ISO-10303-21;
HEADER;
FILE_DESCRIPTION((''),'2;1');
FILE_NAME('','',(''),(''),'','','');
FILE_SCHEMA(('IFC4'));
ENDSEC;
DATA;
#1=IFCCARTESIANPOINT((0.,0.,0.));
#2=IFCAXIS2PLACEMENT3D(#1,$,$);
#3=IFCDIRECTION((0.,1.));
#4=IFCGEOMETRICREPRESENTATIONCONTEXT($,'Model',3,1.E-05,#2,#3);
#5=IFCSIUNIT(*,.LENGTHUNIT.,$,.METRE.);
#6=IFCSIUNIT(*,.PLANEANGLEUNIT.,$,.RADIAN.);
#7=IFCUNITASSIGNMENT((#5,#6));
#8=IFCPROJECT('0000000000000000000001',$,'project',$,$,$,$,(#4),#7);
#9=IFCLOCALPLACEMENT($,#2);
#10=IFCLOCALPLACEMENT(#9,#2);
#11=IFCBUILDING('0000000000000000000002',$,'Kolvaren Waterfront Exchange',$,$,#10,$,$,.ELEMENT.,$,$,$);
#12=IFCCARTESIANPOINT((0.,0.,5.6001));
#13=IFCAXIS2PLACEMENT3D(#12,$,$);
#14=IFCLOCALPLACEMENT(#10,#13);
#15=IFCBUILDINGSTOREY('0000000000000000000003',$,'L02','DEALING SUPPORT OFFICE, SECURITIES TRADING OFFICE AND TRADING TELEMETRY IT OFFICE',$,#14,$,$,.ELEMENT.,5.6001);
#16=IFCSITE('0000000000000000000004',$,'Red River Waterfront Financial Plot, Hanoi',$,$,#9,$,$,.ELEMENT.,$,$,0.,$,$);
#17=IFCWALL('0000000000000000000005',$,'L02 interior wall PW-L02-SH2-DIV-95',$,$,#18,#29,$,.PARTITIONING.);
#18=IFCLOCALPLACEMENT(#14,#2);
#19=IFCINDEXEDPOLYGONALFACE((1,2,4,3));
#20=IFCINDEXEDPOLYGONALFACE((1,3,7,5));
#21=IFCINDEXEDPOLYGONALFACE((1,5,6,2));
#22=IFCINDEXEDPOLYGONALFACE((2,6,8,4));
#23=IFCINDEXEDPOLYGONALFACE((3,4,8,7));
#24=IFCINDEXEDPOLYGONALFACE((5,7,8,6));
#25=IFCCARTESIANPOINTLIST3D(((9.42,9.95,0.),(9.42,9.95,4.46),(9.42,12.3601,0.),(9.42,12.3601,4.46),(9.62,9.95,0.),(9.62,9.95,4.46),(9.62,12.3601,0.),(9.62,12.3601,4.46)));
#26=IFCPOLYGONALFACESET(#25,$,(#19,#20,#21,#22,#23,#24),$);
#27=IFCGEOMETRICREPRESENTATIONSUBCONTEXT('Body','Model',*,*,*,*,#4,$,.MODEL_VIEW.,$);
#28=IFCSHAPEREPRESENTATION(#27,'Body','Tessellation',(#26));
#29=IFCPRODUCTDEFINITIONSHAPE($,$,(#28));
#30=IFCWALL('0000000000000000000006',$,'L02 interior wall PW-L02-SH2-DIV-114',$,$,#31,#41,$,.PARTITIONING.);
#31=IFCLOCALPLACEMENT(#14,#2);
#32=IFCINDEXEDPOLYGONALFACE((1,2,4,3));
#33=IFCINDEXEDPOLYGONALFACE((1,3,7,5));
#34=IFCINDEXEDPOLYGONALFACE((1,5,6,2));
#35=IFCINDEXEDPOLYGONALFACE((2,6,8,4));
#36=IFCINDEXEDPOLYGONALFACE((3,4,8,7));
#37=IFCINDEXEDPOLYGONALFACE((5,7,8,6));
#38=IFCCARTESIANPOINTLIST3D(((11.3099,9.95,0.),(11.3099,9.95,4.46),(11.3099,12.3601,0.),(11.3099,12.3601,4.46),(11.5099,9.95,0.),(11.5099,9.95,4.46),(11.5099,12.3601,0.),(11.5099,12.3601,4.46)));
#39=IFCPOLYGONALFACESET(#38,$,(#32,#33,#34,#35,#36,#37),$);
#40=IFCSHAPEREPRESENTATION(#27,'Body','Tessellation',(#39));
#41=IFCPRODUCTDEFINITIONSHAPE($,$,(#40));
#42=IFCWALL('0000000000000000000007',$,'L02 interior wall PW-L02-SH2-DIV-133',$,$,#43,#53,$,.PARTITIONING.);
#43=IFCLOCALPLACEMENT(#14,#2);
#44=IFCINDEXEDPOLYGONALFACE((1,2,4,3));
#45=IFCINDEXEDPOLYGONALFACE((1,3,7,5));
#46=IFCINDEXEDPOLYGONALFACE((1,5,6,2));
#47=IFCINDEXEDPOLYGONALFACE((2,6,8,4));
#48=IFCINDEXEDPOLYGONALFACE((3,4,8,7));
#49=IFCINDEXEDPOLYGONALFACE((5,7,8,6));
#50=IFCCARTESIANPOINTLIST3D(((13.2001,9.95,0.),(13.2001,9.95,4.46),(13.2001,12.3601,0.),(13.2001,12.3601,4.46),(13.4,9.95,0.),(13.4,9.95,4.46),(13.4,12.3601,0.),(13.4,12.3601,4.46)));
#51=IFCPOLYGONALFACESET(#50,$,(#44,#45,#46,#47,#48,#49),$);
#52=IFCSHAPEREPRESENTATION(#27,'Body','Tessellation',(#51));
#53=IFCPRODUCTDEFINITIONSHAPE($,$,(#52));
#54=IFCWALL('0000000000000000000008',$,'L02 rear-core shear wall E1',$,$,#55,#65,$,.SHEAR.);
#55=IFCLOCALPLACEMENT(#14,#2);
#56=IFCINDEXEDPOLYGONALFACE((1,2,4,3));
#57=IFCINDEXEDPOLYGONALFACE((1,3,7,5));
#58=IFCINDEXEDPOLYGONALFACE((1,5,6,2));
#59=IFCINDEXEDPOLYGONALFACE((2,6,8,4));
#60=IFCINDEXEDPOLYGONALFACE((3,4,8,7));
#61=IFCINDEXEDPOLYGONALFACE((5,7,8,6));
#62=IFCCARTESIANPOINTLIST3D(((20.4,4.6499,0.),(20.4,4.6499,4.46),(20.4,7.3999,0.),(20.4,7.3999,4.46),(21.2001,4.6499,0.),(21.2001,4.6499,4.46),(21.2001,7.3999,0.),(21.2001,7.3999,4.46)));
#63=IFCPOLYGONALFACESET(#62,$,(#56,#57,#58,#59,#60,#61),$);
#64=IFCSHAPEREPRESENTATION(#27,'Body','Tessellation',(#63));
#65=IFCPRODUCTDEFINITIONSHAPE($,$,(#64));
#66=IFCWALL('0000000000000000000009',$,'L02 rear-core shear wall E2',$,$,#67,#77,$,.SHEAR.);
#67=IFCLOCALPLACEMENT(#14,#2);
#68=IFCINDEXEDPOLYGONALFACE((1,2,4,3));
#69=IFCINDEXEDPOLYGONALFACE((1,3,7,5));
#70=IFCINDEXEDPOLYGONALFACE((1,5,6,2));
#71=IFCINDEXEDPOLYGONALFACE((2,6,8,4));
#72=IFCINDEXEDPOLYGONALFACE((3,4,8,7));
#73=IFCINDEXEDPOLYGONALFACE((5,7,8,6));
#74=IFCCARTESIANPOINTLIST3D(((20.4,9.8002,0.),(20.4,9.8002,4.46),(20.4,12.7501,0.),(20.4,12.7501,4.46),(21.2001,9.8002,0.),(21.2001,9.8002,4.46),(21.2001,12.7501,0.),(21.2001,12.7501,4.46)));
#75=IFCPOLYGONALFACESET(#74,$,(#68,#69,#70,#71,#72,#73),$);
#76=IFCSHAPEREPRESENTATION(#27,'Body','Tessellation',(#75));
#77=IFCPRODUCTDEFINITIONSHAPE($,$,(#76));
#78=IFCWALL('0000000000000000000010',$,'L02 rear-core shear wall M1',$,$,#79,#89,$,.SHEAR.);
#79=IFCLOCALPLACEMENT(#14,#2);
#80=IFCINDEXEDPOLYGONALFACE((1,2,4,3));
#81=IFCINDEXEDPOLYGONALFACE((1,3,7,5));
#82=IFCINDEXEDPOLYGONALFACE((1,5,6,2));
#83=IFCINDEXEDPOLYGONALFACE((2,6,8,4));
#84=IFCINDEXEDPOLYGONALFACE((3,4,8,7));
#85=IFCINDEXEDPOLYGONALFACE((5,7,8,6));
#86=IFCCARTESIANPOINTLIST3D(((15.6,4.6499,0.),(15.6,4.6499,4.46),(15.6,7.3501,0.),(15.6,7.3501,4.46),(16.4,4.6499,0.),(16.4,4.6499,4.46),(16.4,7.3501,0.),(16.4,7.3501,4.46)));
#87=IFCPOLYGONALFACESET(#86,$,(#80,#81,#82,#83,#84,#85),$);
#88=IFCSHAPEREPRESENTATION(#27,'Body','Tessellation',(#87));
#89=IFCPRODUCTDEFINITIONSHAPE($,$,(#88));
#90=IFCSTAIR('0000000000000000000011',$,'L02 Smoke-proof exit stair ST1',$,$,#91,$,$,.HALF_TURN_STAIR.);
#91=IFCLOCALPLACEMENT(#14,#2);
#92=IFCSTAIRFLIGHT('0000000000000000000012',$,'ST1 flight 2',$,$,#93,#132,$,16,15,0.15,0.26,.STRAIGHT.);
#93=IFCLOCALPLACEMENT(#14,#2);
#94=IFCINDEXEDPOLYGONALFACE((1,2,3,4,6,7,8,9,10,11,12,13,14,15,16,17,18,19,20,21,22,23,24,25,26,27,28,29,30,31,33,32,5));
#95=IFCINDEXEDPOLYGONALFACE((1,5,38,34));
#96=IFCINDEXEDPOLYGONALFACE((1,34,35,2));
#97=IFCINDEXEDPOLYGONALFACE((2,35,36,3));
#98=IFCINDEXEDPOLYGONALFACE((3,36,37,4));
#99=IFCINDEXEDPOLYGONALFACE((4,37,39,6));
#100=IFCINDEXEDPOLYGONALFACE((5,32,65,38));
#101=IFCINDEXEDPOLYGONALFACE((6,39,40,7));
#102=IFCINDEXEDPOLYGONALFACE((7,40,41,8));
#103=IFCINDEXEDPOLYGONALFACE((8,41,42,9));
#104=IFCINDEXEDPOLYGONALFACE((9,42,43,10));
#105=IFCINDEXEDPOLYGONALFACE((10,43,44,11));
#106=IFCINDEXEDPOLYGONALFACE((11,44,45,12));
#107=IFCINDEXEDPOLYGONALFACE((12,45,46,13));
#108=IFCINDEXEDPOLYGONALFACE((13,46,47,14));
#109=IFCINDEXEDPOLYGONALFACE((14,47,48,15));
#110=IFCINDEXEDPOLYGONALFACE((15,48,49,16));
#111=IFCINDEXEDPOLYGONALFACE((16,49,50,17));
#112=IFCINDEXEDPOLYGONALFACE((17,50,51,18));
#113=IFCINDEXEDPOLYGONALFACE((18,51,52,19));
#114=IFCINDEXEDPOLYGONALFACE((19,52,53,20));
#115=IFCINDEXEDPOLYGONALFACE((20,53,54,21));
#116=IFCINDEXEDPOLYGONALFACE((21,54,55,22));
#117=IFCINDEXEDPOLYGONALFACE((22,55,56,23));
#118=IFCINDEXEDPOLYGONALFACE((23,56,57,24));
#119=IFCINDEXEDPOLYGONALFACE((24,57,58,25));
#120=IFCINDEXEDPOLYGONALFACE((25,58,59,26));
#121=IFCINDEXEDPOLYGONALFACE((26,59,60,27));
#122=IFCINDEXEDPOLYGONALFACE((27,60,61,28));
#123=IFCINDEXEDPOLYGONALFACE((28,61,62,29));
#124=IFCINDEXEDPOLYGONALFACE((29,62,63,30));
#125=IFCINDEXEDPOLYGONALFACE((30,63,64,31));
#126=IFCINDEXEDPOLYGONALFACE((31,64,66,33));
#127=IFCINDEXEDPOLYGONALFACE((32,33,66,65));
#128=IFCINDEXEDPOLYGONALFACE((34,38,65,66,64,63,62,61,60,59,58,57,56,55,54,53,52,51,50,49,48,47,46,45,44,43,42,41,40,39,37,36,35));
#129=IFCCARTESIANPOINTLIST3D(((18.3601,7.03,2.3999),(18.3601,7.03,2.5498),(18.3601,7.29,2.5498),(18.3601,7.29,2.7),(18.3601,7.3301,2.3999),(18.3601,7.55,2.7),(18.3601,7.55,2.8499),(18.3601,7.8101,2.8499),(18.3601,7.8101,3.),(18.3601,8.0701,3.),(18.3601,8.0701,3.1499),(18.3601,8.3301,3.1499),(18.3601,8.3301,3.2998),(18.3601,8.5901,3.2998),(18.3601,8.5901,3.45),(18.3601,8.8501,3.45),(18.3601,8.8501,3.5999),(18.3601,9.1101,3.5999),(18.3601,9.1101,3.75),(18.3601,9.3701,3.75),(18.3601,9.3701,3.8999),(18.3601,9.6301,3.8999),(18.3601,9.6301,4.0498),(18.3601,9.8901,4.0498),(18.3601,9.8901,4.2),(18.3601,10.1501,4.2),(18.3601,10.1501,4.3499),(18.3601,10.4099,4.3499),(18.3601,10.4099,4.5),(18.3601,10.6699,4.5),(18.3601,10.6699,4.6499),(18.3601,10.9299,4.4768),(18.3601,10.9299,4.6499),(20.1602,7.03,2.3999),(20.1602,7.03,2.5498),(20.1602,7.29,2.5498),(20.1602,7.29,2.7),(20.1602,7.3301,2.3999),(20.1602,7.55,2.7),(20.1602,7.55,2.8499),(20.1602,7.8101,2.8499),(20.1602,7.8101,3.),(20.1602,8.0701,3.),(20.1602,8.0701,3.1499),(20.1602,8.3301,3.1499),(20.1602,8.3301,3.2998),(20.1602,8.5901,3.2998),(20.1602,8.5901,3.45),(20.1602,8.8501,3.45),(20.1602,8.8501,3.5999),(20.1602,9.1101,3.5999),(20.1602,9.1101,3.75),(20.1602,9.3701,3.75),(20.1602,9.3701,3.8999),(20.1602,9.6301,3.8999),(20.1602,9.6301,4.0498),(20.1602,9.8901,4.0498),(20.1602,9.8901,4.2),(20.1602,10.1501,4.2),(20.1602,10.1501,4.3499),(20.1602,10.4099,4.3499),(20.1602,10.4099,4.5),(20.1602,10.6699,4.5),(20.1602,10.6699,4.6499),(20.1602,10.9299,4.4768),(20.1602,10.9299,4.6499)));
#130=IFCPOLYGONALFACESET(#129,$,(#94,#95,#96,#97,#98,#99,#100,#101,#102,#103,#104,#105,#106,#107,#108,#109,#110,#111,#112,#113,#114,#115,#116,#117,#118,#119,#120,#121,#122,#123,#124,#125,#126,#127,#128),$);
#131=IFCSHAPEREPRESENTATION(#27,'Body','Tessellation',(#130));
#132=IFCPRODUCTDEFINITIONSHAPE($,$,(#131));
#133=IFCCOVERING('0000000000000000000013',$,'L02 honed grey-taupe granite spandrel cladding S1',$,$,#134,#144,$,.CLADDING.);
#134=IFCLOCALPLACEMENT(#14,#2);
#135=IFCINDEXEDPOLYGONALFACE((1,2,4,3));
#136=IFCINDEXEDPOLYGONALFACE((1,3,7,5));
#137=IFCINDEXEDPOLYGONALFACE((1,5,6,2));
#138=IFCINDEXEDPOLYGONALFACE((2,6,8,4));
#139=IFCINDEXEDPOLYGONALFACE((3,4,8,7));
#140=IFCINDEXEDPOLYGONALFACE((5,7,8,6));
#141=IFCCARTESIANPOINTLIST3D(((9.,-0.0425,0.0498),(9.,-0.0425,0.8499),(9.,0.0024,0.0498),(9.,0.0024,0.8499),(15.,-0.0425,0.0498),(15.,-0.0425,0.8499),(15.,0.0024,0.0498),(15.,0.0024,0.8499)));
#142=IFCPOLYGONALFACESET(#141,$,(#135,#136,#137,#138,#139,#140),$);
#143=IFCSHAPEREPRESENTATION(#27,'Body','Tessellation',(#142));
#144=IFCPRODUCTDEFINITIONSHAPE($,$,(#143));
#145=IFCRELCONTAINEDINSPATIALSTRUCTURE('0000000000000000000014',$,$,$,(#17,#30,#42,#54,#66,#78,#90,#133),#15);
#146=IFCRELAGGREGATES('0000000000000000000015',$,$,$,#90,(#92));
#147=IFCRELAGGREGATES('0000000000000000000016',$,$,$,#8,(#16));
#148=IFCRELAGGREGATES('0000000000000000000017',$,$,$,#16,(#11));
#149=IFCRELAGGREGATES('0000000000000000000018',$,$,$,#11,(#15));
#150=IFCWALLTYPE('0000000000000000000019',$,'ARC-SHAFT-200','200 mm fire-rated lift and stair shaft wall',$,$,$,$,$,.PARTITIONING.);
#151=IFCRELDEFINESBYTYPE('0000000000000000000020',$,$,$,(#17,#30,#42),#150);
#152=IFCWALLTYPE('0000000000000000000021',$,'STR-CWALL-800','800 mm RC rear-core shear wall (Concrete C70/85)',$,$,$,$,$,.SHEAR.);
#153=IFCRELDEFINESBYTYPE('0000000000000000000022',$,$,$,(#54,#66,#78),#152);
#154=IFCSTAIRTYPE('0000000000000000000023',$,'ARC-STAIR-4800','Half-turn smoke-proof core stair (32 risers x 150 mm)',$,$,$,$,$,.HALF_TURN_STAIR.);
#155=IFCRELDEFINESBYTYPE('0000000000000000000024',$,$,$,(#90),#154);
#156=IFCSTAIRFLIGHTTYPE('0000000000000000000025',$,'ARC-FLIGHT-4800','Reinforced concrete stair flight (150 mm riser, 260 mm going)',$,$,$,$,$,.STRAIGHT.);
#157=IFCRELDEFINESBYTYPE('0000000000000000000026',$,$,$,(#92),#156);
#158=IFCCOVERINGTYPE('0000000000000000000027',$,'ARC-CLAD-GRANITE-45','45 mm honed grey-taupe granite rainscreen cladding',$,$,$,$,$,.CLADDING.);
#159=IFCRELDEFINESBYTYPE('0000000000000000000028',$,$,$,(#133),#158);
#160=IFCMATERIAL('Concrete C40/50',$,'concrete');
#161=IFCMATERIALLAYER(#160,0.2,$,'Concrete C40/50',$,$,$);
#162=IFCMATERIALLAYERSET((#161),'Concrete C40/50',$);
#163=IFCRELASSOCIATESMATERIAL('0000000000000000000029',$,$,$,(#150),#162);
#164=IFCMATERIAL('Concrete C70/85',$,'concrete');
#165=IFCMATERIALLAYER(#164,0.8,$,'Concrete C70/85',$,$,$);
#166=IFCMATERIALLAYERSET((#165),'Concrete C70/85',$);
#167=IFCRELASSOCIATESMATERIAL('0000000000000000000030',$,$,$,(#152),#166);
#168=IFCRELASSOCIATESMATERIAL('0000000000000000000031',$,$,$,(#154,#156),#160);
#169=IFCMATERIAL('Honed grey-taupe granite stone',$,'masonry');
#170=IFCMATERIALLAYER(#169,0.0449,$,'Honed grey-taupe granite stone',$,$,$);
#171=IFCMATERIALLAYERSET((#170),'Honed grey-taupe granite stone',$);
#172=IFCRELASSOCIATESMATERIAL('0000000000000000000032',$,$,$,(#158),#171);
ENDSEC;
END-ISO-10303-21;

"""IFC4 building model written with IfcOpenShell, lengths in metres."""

from ifc_helpers import new_model, si_unit, direction, frame, frame_2d, origin, origin_2d, place, context, subcontext, project, spatial, polyline, rectangle, outline, extrude, material, layer, layer_set, type_object, element, aggregate, save


model = new_model("IFC4")

# Units and contexts
model_context = context("Model", 3, precision=1e-05, world=origin(), true_north=direction((0.0, 1.0)))
body_context = subcontext(model_context, "Body", "Model", "MODEL_VIEW")
ifc_project = project(units=[si_unit("LENGTHUNIT", "METRE"), si_unit("PLANEANGLEUNIT", "RADIAN")], contexts=[model_context])

# Site, building, storey
site_placement = place(None, origin())
site = spatial("IfcSite", under=ifc_project, at=site_placement, Name="Red River Waterfront Financial Plot, Hanoi", CompositionType="ELEMENT", RefElevation=0.0)
building_placement = place(site_placement, origin())
building = spatial("IfcBuilding", under=site, at=building_placement, Name="Kolvaren Waterfront Exchange", CompositionType="ELEMENT")
storey_placement = place(building_placement, frame((0.0, 0.0, 5.6001)))
storey = spatial("IfcBuildingStorey", under=building, at=storey_placement, Name="L02", Description="DEALING SUPPORT OFFICE, SECURITIES TRADING OFFICE AND TRADING TELEMETRY IT OFFICE", CompositionType="ELEMENT", Elevation=5.6001)

# Shared definitions
ifc_material_1 = material(Name="Concrete C70/85", Category="concrete")

# Walls
ifc_material_2 = material(Name="Concrete C40/50", Category="concrete")
ifc_layer_1 = layer(ifc_material_2, 0.2, Name="Concrete C40/50")
ifc_layer_set_1 = layer_set([ifc_layer_1], Name="Concrete C40/50")
wall_type_1 = type_object("IfcWallType", Name="ARC-SHAFT-200", Description="200 mm fire-rated lift and stair shaft wall", PredefinedType="PARTITIONING", material=ifc_layer_set_1)
for number, where, z_axis, x_axis, name in (
    (1, (9.52, 9.95, 0.0), (0.0, 0.0, 1.0), (0.0, 1.0, 0.0), "L02 interior wall PW-L02-SH2-DIV-95"),
    (2, (11.4099, 9.95, 0.0), (0.0, 0.0, 1.0), (0.0, 1.0, 0.0), "L02 interior wall PW-L02-SH2-DIV-114"),
    (3, (13.3, 9.95, 0.0), (0.0, 0.0, 1.0), (0.0, 1.0, 0.0), "L02 interior wall PW-L02-SH2-DIV-133"),
):
    element("IfcWall", number, at=place(storey_placement, frame(where, z_axis=z_axis, x_axis=x_axis)), inside=storey, type_object=wall_type_1, Name=name, PredefinedType="PARTITIONING", context=body_context, shape_type="SweptSolid", body=[
        extrude(rectangle(XDim=2.4102, YDim=0.2, at=frame_2d((1.2051, 0.0))), origin(), (0.0, 0.0, 1.0), 4.46),
    ])
ifc_layer_2 = layer(ifc_material_1, 0.8, Name="Concrete C70/85")
ifc_layer_set_2 = layer_set([ifc_layer_2], Name="Concrete C70/85")
wall_type_2 = type_object("IfcWallType", Name="STR-CWALL-800", Description="800 mm RC rear-core shear wall (Concrete C70/85)", PredefinedType="SHEAR", material=ifc_layer_set_2)
wall_1_placement = place(storey_placement, frame((20.8, 4.6499, 0.0), z_axis=(0.0, 0.0, 1.0), x_axis=(0.0, 1.0, 0.0)))
element("IfcWall", 4, at=wall_1_placement, inside=storey, type_object=wall_type_2, Name="L02 rear-core shear wall E1", PredefinedType="SHEAR", context=body_context, shape_type="SweptSolid", body=[
    extrude(rectangle(XDim=2.75, YDim=0.8, at=frame_2d((1.375, 0.0))), origin(), (0.0, 0.0, 1.0), 4.46),
])
wall_2_placement = place(storey_placement, frame((20.8, 9.8, 0.0), z_axis=(0.0, 0.0, 1.0), x_axis=(0.0, 1.0, 0.0)))
element("IfcWall", 5, at=wall_2_placement, inside=storey, type_object=wall_type_2, Name="L02 rear-core shear wall E2", PredefinedType="SHEAR", context=body_context, shape_type="SweptSolid", body=[
    extrude(rectangle(XDim=2.95, YDim=0.8, at=frame_2d((1.4751, 0.0))), origin(), (0.0, 0.0, 1.0), 4.46),
])
wall_3_placement = place(storey_placement, frame((16.0, 4.6499, 0.0), z_axis=(0.0, 0.0, 1.0), x_axis=(0.0, 1.0, 0.0)))
element("IfcWall", 6, at=wall_3_placement, inside=storey, type_object=wall_type_2, Name="L02 rear-core shear wall M1", PredefinedType="SHEAR", context=body_context, shape_type="SweptSolid", body=[
    extrude(rectangle(XDim=2.7002, YDim=0.8, at=frame_2d((1.3501, 0.0))), origin(), (0.0, 0.0, 1.0), 4.46),
])

# Stair, stair flight
stair_type = type_object("IfcStairType", Name="ARC-STAIR-4800", Description="Half-turn smoke-proof core stair (32 risers x 150 mm)", PredefinedType="HALF_TURN_STAIR", material=ifc_material_2)
stair_placement = place(storey_placement, origin())
stair = element("IfcStair", 7, at=stair_placement, inside=storey, type_object=stair_type, Name="L02 Smoke-proof exit stair ST1", PredefinedType="HALF_TURN_STAIR")
stair_flight_type = type_object("IfcStairFlightType", Name="ARC-FLIGHT-4800", Description="Reinforced concrete stair flight (150 mm riser, 260 mm going)", PredefinedType="STRAIGHT", material=ifc_material_2)
stair_flight_placement = place(storey_placement, frame((19.26, 7.03, 2.3999), z_axis=(0.0, 0.0, 1.0), x_axis=(0.0, 1.0, 0.0)))
stair_flight = element("IfcStairFlight", 8, at=stair_flight_placement, type_object=stair_flight_type, Name="ST1 flight 2", NumberOfRisers=16, NumberOfTreads=15, PredefinedType="STRAIGHT", RiserHeight=0.15, TreadLength=0.26, context=body_context, shape_type="SweptSolid", body=[
    extrude(outline(polyline([(0.0, 0.0), (0.0, 0.1499), (0.26, 0.1499), (0.26, 0.3), (0.52, 0.3), (0.52, 0.45), (0.78, 0.45), (0.78, 0.6001), (1.04, 0.6001), (1.04, 0.75), (1.3, 0.75), (1.3, 0.8999), (1.5601, 0.8999), (1.5601, 1.05), (1.8201, 1.05), (1.8201, 1.2), (2.0801, 1.2), (2.0801, 1.3501), (2.3401, 1.3501), (2.3401, 1.5), (2.6001, 1.5), (2.6001, 1.6499), (2.8601, 1.6499), (2.8601, 1.8), (3.1201, 1.8), (3.1201, 1.95), (3.3799, 1.95), (3.3799, 2.1001), (3.6399, 2.1001), (3.6399, 2.25), (3.8999, 2.25), (3.8999, 2.3999), (3.8999, 2.0769), (0.3, 0.0), (0.0, 0.0)])), frame((0.0, 0.8999, 0.0), z_axis=(0.0, -1.0, 0.0), x_axis=(1.0, 0.0, 0.0)), (0.0, 0.0, 1.0), 1.8),
])
aggregate(stair, [stair_flight])

# Covering
ifc_material_3 = material(Name="Honed grey-taupe granite stone", Category="masonry")
ifc_layer_3 = layer(ifc_material_3, 0.0449, Name="Honed grey-taupe granite stone")
ifc_layer_set_3 = layer_set([ifc_layer_3], Name="Honed grey-taupe granite stone")
covering_type = type_object("IfcCoveringType", Name="ARC-CLAD-GRANITE-45", Description="45 mm honed grey-taupe granite rainscreen cladding", PredefinedType="CLADDING", material=ifc_layer_set_3)
covering_placement = place(storey_placement, frame((12.0, -0.02, 0.0498), z_axis=(0.0, 0.0, 1.0), x_axis=(1.0, 0.0, 0.0)))
element("IfcCovering", 9, at=covering_placement, inside=storey, type_object=covering_type, Name="L02 honed grey-taupe granite spandrel cladding S1", PredefinedType="CLADDING", context=body_context, shape_type="SweptSolid", body=[
    extrude(rectangle(XDim=6.0, YDim=0.0449, at=origin_2d()), origin(), (0.0, 0.0, 1.0), 0.8),
])

save(model, "model.ifc")
